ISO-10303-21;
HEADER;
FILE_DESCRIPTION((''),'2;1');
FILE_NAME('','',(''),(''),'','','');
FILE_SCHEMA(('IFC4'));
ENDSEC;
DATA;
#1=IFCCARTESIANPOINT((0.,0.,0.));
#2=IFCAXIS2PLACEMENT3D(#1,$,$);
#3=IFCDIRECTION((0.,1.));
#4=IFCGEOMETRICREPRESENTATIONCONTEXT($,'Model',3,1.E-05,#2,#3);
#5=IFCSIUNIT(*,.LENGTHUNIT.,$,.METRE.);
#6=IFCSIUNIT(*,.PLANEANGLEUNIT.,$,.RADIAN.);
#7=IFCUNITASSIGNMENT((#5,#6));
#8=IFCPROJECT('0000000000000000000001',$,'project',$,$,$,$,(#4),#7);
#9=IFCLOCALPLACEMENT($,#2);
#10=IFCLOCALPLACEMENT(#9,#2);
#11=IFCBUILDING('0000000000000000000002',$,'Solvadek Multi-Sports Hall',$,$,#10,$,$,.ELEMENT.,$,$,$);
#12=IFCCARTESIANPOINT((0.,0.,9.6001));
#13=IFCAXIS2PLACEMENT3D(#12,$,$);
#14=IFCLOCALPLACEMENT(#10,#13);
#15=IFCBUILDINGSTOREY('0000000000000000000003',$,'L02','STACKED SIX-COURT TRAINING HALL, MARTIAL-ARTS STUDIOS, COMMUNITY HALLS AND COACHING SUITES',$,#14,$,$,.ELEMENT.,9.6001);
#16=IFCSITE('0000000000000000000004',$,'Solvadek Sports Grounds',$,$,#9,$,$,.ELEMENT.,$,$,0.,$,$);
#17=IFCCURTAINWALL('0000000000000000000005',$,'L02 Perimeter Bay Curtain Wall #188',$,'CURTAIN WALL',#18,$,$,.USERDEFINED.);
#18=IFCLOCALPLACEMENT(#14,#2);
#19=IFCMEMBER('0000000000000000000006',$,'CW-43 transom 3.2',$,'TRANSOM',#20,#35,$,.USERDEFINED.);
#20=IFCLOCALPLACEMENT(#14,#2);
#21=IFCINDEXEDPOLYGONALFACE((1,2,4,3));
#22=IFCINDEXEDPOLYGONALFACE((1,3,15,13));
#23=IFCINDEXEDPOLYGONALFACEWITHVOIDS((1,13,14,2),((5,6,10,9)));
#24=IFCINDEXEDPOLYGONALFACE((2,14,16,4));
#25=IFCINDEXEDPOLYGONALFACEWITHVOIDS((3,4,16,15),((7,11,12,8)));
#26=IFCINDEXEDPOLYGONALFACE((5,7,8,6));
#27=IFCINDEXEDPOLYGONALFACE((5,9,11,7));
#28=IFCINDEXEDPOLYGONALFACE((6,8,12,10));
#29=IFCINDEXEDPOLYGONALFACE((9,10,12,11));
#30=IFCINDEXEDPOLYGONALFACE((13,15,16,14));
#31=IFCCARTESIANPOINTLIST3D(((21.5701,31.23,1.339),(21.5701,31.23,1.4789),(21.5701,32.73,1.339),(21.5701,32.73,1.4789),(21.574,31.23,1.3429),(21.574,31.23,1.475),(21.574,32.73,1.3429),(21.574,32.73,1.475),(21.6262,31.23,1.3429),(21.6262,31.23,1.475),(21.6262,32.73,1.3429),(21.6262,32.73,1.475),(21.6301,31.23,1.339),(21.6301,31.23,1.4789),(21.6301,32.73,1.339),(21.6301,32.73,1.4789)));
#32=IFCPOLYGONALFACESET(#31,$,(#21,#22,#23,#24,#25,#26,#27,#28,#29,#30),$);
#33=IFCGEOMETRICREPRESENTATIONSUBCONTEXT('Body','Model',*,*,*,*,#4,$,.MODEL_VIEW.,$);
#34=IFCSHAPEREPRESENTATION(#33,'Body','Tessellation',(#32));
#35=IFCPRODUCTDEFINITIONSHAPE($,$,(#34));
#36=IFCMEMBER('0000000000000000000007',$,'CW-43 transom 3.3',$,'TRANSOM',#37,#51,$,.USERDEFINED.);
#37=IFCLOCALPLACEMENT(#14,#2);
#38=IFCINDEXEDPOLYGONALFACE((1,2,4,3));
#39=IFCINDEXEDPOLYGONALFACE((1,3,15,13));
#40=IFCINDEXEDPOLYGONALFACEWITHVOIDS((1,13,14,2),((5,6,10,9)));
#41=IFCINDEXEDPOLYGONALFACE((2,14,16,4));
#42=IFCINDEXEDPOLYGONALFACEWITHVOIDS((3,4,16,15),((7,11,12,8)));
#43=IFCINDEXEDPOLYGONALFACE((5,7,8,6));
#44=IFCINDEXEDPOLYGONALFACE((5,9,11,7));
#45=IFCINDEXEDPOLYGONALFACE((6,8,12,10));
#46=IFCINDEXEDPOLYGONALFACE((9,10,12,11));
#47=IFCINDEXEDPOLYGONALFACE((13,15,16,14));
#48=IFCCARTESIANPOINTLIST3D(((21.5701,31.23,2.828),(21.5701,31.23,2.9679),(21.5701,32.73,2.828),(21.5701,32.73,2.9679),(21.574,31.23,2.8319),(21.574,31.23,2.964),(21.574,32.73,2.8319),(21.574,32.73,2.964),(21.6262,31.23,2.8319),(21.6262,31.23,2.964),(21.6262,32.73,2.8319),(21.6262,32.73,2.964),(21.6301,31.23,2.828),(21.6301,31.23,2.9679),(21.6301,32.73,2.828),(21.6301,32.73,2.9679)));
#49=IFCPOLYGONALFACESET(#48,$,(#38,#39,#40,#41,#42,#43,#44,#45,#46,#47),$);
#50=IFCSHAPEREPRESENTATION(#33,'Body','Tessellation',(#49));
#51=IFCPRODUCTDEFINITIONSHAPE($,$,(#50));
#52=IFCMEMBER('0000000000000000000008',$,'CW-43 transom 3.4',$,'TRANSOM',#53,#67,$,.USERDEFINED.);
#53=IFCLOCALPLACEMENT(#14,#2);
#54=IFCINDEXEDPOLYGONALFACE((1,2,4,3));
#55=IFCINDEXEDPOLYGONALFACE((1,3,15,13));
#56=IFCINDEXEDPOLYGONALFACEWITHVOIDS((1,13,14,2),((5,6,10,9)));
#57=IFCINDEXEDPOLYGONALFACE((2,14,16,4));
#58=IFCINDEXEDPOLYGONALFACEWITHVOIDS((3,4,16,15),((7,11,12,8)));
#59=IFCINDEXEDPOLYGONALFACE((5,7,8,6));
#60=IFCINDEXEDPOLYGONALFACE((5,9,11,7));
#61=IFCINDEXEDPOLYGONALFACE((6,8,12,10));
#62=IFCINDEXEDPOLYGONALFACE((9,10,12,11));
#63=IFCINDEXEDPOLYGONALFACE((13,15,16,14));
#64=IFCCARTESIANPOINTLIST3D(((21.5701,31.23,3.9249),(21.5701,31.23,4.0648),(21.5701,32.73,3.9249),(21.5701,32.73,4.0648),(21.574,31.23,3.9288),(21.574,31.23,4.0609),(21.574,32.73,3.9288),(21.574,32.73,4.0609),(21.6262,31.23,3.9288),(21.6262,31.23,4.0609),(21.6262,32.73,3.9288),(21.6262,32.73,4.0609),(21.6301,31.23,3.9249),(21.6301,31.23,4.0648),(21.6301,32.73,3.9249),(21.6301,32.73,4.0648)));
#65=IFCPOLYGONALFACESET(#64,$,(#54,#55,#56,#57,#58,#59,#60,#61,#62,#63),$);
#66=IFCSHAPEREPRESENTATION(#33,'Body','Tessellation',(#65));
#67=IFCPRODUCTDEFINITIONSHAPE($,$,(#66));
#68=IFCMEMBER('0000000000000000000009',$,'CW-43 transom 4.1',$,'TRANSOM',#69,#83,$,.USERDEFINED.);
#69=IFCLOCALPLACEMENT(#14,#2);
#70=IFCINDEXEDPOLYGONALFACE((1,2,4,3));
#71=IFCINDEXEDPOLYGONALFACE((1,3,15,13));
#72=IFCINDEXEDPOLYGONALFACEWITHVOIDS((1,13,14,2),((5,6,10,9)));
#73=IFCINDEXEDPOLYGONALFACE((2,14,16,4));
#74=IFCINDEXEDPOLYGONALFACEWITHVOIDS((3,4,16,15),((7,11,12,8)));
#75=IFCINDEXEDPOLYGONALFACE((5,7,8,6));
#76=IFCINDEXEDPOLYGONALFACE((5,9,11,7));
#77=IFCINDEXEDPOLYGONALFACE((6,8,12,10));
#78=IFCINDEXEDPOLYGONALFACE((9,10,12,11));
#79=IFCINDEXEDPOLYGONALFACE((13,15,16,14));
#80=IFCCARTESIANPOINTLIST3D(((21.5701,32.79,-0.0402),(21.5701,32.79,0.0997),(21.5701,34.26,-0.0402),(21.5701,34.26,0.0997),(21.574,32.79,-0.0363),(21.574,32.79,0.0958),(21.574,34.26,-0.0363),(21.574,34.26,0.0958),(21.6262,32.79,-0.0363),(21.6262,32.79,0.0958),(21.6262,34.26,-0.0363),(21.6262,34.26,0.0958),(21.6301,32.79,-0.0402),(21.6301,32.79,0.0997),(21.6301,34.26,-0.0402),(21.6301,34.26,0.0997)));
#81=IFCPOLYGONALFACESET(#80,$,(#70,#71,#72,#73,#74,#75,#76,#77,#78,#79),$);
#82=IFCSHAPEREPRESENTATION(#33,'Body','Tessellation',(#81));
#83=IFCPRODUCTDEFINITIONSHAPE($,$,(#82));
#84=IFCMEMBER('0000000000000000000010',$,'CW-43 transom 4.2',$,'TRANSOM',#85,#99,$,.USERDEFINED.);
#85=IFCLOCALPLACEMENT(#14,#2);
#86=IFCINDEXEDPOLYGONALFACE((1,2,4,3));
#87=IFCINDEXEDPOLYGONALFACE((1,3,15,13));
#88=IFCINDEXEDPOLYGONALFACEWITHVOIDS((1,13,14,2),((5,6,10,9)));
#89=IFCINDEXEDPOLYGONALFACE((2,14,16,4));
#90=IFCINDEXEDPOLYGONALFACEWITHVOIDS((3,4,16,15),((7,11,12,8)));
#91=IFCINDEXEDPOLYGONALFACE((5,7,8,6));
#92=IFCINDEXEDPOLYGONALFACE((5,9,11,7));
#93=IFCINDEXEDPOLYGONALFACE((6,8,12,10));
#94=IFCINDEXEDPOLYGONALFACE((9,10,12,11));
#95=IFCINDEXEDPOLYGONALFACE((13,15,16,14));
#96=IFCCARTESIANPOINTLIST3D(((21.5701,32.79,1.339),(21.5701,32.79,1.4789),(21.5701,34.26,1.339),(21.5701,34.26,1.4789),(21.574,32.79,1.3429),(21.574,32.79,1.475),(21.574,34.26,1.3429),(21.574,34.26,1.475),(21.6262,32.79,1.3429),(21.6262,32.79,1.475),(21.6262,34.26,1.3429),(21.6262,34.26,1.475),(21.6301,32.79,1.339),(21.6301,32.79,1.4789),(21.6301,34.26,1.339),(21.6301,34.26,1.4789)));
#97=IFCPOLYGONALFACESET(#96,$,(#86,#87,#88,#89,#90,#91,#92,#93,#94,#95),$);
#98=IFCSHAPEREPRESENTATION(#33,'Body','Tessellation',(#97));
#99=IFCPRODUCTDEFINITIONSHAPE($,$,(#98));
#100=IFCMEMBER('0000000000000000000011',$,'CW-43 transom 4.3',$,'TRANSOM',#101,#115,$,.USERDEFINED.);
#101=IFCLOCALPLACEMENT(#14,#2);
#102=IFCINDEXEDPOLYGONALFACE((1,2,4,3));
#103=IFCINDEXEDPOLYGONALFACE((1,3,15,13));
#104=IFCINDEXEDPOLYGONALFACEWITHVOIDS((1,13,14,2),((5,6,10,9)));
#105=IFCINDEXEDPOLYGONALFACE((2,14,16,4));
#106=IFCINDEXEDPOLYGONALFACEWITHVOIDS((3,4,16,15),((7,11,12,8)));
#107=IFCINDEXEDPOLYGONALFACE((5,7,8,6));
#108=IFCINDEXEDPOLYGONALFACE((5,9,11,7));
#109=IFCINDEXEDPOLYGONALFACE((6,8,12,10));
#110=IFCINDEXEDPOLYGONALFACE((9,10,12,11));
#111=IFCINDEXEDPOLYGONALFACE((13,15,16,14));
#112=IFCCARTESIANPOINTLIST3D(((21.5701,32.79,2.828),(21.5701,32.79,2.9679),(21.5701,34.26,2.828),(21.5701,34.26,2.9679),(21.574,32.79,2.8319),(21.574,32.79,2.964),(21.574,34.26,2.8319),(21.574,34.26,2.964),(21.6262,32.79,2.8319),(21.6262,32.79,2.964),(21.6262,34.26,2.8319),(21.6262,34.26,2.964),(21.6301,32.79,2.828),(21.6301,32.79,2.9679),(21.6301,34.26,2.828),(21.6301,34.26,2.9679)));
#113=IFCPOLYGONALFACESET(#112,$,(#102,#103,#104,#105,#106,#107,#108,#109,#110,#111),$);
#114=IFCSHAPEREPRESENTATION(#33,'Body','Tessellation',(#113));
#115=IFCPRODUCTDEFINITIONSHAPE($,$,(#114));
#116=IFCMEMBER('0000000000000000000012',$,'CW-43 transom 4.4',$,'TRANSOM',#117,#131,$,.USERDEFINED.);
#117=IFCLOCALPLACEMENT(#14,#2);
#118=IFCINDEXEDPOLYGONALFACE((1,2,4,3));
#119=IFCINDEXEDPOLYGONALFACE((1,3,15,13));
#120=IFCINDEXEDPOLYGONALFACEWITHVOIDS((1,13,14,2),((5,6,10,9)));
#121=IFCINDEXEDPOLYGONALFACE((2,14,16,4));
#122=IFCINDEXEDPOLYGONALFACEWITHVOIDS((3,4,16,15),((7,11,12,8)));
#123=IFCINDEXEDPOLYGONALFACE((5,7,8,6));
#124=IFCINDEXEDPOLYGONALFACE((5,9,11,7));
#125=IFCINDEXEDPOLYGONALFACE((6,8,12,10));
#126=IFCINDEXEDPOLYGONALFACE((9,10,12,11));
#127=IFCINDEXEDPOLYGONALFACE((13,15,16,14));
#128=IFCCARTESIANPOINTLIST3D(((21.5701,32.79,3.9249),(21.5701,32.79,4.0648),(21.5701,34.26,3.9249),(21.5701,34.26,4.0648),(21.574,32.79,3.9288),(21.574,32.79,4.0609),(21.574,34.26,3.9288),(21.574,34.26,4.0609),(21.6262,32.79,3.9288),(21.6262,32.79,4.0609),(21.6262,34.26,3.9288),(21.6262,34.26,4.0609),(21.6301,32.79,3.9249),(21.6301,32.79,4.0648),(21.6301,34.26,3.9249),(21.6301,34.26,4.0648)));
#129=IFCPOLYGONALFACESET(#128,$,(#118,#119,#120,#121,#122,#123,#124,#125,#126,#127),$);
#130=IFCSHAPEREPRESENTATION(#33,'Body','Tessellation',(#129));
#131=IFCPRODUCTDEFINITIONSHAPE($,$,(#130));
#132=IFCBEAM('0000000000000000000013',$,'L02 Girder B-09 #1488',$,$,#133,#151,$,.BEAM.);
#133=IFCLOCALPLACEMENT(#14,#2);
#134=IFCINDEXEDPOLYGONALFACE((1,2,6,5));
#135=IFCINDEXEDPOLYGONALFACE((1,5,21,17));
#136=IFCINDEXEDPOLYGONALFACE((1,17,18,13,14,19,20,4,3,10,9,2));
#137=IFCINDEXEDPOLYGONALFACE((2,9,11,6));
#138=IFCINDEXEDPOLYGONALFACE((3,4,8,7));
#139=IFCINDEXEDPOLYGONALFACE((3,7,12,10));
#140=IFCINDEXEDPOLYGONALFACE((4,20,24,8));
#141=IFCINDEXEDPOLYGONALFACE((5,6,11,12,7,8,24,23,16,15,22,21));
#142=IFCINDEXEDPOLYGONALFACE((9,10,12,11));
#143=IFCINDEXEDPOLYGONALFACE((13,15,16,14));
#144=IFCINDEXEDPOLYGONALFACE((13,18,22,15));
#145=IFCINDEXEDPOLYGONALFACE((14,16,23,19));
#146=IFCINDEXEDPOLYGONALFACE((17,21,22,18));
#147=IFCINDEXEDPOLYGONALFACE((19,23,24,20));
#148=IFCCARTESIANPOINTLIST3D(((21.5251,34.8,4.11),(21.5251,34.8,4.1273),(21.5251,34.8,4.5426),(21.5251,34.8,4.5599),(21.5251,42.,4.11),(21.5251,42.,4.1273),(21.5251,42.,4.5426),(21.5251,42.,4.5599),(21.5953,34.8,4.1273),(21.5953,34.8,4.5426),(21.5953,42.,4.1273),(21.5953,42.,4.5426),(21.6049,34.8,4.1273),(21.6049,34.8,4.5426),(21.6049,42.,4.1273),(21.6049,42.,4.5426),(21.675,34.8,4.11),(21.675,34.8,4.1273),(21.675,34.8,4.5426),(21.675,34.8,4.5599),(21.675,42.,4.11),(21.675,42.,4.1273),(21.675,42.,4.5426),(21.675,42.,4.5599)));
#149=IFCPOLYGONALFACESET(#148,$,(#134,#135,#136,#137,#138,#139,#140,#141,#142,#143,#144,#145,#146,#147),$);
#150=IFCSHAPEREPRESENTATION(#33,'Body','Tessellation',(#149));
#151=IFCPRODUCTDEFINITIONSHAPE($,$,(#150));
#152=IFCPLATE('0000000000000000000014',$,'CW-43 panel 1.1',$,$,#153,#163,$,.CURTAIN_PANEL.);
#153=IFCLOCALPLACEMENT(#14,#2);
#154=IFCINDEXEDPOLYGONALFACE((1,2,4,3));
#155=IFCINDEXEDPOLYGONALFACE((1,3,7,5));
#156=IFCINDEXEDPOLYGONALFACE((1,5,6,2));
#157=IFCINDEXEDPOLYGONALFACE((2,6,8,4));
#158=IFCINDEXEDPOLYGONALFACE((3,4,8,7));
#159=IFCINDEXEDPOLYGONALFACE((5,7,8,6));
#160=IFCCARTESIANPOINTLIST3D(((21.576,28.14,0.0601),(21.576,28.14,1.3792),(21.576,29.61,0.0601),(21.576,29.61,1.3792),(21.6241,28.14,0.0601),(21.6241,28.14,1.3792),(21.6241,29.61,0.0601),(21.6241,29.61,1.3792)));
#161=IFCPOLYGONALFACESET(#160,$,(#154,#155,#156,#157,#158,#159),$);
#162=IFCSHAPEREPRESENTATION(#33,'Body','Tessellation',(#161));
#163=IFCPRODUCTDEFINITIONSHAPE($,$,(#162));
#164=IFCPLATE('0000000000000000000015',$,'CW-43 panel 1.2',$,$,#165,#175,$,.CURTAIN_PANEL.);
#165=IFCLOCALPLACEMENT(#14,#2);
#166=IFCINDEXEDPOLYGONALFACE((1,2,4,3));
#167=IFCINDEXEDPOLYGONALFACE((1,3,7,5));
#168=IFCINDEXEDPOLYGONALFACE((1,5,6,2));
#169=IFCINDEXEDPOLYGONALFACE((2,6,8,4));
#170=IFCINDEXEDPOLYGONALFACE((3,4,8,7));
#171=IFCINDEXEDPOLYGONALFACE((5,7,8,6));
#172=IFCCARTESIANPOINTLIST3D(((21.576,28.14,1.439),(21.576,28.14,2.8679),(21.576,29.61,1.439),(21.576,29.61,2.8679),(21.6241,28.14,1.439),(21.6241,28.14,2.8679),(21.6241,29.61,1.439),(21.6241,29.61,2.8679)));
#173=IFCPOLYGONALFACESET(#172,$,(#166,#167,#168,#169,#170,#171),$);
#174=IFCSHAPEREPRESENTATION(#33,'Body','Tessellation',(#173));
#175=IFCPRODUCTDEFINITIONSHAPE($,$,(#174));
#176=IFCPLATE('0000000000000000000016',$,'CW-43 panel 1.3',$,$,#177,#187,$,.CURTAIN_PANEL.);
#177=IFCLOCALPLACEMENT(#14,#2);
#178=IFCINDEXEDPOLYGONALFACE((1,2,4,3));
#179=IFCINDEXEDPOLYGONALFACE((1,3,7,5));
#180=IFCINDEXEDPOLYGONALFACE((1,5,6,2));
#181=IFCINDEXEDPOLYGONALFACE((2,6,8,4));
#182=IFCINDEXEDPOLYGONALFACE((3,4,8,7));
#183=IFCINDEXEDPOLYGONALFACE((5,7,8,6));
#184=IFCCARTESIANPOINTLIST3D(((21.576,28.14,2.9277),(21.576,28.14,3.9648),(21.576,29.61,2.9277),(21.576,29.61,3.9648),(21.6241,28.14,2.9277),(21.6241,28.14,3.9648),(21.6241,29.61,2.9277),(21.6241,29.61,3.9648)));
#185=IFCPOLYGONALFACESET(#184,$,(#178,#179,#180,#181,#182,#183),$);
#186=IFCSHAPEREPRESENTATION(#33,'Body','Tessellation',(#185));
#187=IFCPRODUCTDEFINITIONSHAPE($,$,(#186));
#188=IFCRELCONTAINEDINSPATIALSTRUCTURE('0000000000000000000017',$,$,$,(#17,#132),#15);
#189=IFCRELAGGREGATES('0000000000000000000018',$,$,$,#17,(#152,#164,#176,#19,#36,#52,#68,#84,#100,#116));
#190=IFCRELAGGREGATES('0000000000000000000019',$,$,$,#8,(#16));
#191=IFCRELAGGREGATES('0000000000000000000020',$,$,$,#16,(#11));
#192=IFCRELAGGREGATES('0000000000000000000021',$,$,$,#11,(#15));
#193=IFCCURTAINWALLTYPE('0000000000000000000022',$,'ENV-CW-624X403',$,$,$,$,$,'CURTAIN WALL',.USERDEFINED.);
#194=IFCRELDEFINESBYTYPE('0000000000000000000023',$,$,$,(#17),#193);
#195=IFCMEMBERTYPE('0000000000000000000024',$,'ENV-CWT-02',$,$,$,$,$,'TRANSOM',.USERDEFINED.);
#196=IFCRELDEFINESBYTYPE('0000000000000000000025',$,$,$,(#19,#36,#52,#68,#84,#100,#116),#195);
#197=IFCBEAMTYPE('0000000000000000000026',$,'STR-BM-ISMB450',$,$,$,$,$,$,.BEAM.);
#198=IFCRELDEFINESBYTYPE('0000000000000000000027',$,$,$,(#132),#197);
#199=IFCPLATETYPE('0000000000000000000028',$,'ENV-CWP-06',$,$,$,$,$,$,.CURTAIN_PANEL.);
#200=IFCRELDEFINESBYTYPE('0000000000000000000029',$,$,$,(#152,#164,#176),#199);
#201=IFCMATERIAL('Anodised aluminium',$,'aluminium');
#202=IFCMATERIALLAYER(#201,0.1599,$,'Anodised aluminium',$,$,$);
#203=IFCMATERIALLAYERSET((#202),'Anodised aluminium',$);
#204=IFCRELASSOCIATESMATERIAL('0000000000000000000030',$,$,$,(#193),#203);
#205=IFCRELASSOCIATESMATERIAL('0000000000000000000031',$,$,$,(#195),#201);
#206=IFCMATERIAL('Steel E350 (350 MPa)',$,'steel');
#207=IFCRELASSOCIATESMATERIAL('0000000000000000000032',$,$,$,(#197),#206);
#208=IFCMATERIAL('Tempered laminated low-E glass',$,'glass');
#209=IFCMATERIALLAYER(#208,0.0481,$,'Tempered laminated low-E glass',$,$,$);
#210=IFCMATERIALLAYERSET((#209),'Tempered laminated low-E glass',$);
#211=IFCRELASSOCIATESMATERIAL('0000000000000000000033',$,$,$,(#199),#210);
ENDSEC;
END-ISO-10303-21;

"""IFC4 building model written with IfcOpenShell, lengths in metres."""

from ifc_helpers import new_model, si_unit, direction, frame, origin, origin_2d, place, context, subcontext, project, spatial, rectangle, hollow_rectangle, i_section, extrude, material, layer, layer_set, material_profile, profile_set, type_object, element, aggregate, save


model = new_model("IFC4")

# Units and contexts
model_context = context("Model", 3, precision=1e-05, world=origin(), true_north=direction((0.0, 1.0)))
body_context = subcontext(model_context, "Body", "Model", "MODEL_VIEW")
ifc_project = project(units=[si_unit("LENGTHUNIT", "METRE"), si_unit("PLANEANGLEUNIT", "RADIAN")], contexts=[model_context])

# Site, building, storey
site_placement = place(None, origin())
site = spatial("IfcSite", under=ifc_project, at=site_placement, Name="Solvadek Sports Grounds", CompositionType="ELEMENT", RefElevation=0.0)
building_placement = place(site_placement, origin())
building = spatial("IfcBuilding", under=site, at=building_placement, Name="Solvadek Multi-Sports Hall", CompositionType="ELEMENT")
storey_placement = place(building_placement, frame((0.0, 0.0, 9.6001)))
storey = spatial("IfcBuildingStorey", under=building, at=storey_placement, Name="L02", Description="STACKED SIX-COURT TRAINING HALL, MARTIAL-ARTS STUDIOS, COMMUNITY HALLS AND COACHING SUITES", CompositionType="ELEMENT", Elevation=9.6001)

# Shared definitions
ifc_material_1 = material(Name="Steel E350 (350 MPa)", Category="steel")

# Curtain wall, members
ifc_material_2 = material(Name="Anodised aluminium", Category="aluminium")
ifc_layer_1 = layer(ifc_material_2, 0.1599, Name="Anodised aluminium")
ifc_layer_set_1 = layer_set([ifc_layer_1], Name="Anodised aluminium")
curtain_wall_type = type_object("IfcCurtainWallType", Name="ENV-CW-624X403", ElementType="CURTAIN WALL", PredefinedType="USERDEFINED", material=ifc_layer_set_1)
curtain_wall_placement = place(storey_placement, origin())
curtain_wall = element("IfcCurtainWall", 1, at=curtain_wall_placement, inside=storey, type_object=curtain_wall_type, Name="L02 Perimeter Bay Curtain Wall #188", ObjectType="CURTAIN WALL", PredefinedType="USERDEFINED")
ifc_material_profile_1 = material_profile(ifc_material_2, hollow_rectangle(XDim=0.0601, YDim=0.1399, WallThickness=0.0039, at=origin_2d()), Name="ALU-T 140x60x4")
ifc_profile_set_1 = profile_set([ifc_material_profile_1], Name="Anodised aluminium")
member_type_1 = type_object("IfcMemberType", Name="ENV-CWT-02", ElementType="TRANSOM", PredefinedType="USERDEFINED", material=ifc_profile_set_1)
member_1_placement = place(storey_placement, frame((21.6001, 31.23, 1.4089), z_axis=(0.0, 1.0, 0.0), x_axis=(-1.0, 0.0, 0.0)))
member_1 = element("IfcMember", 2, at=member_1_placement, type_object=member_type_1, Name="CW-43 transom 3.2", ObjectType="TRANSOM", PredefinedType="USERDEFINED", context=body_context, shape_type="SweptSolid", body=[
    extrude(hollow_rectangle(XDim=0.0601, YDim=0.1399, WallThickness=0.0039, at=origin_2d()), origin(), (0.0, 0.0, 1.0), 1.5),
])
member_2_placement = place(storey_placement, frame((21.6001, 31.23, 2.8979), z_axis=(0.0, 1.0, 0.0), x_axis=(-1.0, 0.0, 0.0)))
member_2 = element("IfcMember", 3, at=member_2_placement, type_object=member_type_1, Name="CW-43 transom 3.3", ObjectType="TRANSOM", PredefinedType="USERDEFINED", context=body_context, shape_type="SweptSolid", body=[
    extrude(hollow_rectangle(XDim=0.0601, YDim=0.1399, WallThickness=0.0039, at=origin_2d()), origin(), (0.0, 0.0, 1.0), 1.5),
])
member_3_placement = place(storey_placement, frame((21.6001, 31.23, 3.9949), z_axis=(0.0, 1.0, 0.0), x_axis=(-1.0, 0.0, 0.0)))
member_3 = element("IfcMember", 4, at=member_3_placement, type_object=member_type_1, Name="CW-43 transom 3.4", ObjectType="TRANSOM", PredefinedType="USERDEFINED", context=body_context, shape_type="SweptSolid", body=[
    extrude(hollow_rectangle(XDim=0.0601, YDim=0.1399, WallThickness=0.0039, at=origin_2d()), origin(), (0.0, 0.0, 1.0), 1.5),
])
member_4_placement = place(storey_placement, frame((21.6001, 32.79, 0.0298), z_axis=(0.0, 1.0, 0.0), x_axis=(-1.0, 0.0, 0.0)))
member_4 = element("IfcMember", 5, at=member_4_placement, type_object=member_type_1, Name="CW-43 transom 4.1", ObjectType="TRANSOM", PredefinedType="USERDEFINED", context=body_context, shape_type="SweptSolid", body=[
    extrude(hollow_rectangle(XDim=0.0601, YDim=0.1399, WallThickness=0.0039, at=origin_2d()), origin(), (0.0, 0.0, 1.0), 1.47),
])
member_5_placement = place(storey_placement, frame((21.6001, 32.79, 1.4089), z_axis=(0.0, 1.0, 0.0), x_axis=(-1.0, 0.0, 0.0)))
member_5 = element("IfcMember", 6, at=member_5_placement, type_object=member_type_1, Name="CW-43 transom 4.2", ObjectType="TRANSOM", PredefinedType="USERDEFINED", context=body_context, shape_type="SweptSolid", body=[
    extrude(hollow_rectangle(XDim=0.0601, YDim=0.1399, WallThickness=0.0039, at=origin_2d()), origin(), (0.0, 0.0, 1.0), 1.47),
])
member_6_placement = place(storey_placement, frame((21.6001, 32.79, 2.8979), z_axis=(0.0, 1.0, 0.0), x_axis=(-1.0, 0.0, 0.0)))
member_6 = element("IfcMember", 7, at=member_6_placement, type_object=member_type_1, Name="CW-43 transom 4.3", ObjectType="TRANSOM", PredefinedType="USERDEFINED", context=body_context, shape_type="SweptSolid", body=[
    extrude(hollow_rectangle(XDim=0.0601, YDim=0.1399, WallThickness=0.0039, at=origin_2d()), origin(), (0.0, 0.0, 1.0), 1.47),
])
member_7_placement = place(storey_placement, frame((21.6001, 32.79, 3.9949), z_axis=(0.0, 1.0, 0.0), x_axis=(-1.0, 0.0, 0.0)))
member_7 = element("IfcMember", 8, at=member_7_placement, type_object=member_type_1, Name="CW-43 transom 4.4", ObjectType="TRANSOM", PredefinedType="USERDEFINED", context=body_context, shape_type="SweptSolid", body=[
    extrude(hollow_rectangle(XDim=0.0601, YDim=0.1399, WallThickness=0.0039, at=origin_2d()), origin(), (0.0, 0.0, 1.0), 1.47),
])

# Beam
ifc_material_profile_2 = material_profile(ifc_material_1, i_section(OverallWidth=0.1499, OverallDepth=0.45, WebThickness=0.0095, FlangeThickness=0.0173, at=origin_2d()), Name="ISMB 450")
ifc_profile_set_2 = profile_set([ifc_material_profile_2], Name="Steel E350 (350 MPa)")
beam_type = type_object("IfcBeamType", Name="STR-BM-ISMB450", PredefinedType="BEAM", material=ifc_profile_set_2)
beam_placement = place(storey_placement, frame((21.6001, 34.8, 4.335), z_axis=(0.0, 1.0, 0.0), x_axis=(-1.0, 0.0, 0.0)))
element("IfcBeam", 9, at=beam_placement, inside=storey, type_object=beam_type, Name="L02 Girder B-09 #1488", PredefinedType="BEAM", context=body_context, shape_type="SweptSolid", body=[
    extrude(i_section(OverallWidth=0.1499, OverallDepth=0.45, WebThickness=0.0095, FlangeThickness=0.0173, at=origin_2d()), origin(), (0.0, 0.0, 1.0), 7.2),
])

# Plates
ifc_material_3 = material(Name="Tempered laminated low-E glass", Category="glass")
ifc_layer_2 = layer(ifc_material_3, 0.0481, Name="Tempered laminated low-E glass")
ifc_layer_set_2 = layer_set([ifc_layer_2], Name="Tempered laminated low-E glass")
plate_type = type_object("IfcPlateType", Name="ENV-CWP-06", PredefinedType="CURTAIN_PANEL", material=ifc_layer_set_2)
plate_1_placement = place(storey_placement, frame((21.6001, 28.875, 0.0601), z_axis=(0.0, 0.0, 1.0), x_axis=(0.0, 1.0, 0.0)))
plate_1 = element("IfcPlate", 10, at=plate_1_placement, type_object=plate_type, Name="CW-43 panel 1.1", PredefinedType="CURTAIN_PANEL", context=body_context, shape_type="SweptSolid", body=[
    extrude(rectangle(XDim=1.47, YDim=0.0481, at=origin_2d()), origin(), (0.0, 0.0, 1.0), 1.3191),
])
plate_2_placement = place(storey_placement, frame((21.6001, 28.875, 1.439), z_axis=(0.0, 0.0, 1.0), x_axis=(0.0, 1.0, 0.0)))
plate_2 = element("IfcPlate", 11, at=plate_2_placement, type_object=plate_type, Name="CW-43 panel 1.2", PredefinedType="CURTAIN_PANEL", context=body_context, shape_type="SweptSolid", body=[
    extrude(rectangle(XDim=1.47, YDim=0.0481, at=origin_2d()), origin(), (0.0, 0.0, 1.0), 1.429),
])
plate_3_placement = place(storey_placement, frame((21.6001, 28.875, 2.9277), z_axis=(0.0, 0.0, 1.0), x_axis=(0.0, 1.0, 0.0)))
plate_3 = element("IfcPlate", 12, at=plate_3_placement, type_object=plate_type, Name="CW-43 panel 1.3", PredefinedType="CURTAIN_PANEL", context=body_context, shape_type="SweptSolid", body=[
    extrude(rectangle(XDim=1.47, YDim=0.0481, at=origin_2d()), origin(), (0.0, 0.0, 1.0), 1.0371),
])
aggregate(curtain_wall, [plate_1, plate_2, plate_3, member_1, member_2, member_3, member_4, member_5, member_6, member_7])

save(model, "model.ifc")
